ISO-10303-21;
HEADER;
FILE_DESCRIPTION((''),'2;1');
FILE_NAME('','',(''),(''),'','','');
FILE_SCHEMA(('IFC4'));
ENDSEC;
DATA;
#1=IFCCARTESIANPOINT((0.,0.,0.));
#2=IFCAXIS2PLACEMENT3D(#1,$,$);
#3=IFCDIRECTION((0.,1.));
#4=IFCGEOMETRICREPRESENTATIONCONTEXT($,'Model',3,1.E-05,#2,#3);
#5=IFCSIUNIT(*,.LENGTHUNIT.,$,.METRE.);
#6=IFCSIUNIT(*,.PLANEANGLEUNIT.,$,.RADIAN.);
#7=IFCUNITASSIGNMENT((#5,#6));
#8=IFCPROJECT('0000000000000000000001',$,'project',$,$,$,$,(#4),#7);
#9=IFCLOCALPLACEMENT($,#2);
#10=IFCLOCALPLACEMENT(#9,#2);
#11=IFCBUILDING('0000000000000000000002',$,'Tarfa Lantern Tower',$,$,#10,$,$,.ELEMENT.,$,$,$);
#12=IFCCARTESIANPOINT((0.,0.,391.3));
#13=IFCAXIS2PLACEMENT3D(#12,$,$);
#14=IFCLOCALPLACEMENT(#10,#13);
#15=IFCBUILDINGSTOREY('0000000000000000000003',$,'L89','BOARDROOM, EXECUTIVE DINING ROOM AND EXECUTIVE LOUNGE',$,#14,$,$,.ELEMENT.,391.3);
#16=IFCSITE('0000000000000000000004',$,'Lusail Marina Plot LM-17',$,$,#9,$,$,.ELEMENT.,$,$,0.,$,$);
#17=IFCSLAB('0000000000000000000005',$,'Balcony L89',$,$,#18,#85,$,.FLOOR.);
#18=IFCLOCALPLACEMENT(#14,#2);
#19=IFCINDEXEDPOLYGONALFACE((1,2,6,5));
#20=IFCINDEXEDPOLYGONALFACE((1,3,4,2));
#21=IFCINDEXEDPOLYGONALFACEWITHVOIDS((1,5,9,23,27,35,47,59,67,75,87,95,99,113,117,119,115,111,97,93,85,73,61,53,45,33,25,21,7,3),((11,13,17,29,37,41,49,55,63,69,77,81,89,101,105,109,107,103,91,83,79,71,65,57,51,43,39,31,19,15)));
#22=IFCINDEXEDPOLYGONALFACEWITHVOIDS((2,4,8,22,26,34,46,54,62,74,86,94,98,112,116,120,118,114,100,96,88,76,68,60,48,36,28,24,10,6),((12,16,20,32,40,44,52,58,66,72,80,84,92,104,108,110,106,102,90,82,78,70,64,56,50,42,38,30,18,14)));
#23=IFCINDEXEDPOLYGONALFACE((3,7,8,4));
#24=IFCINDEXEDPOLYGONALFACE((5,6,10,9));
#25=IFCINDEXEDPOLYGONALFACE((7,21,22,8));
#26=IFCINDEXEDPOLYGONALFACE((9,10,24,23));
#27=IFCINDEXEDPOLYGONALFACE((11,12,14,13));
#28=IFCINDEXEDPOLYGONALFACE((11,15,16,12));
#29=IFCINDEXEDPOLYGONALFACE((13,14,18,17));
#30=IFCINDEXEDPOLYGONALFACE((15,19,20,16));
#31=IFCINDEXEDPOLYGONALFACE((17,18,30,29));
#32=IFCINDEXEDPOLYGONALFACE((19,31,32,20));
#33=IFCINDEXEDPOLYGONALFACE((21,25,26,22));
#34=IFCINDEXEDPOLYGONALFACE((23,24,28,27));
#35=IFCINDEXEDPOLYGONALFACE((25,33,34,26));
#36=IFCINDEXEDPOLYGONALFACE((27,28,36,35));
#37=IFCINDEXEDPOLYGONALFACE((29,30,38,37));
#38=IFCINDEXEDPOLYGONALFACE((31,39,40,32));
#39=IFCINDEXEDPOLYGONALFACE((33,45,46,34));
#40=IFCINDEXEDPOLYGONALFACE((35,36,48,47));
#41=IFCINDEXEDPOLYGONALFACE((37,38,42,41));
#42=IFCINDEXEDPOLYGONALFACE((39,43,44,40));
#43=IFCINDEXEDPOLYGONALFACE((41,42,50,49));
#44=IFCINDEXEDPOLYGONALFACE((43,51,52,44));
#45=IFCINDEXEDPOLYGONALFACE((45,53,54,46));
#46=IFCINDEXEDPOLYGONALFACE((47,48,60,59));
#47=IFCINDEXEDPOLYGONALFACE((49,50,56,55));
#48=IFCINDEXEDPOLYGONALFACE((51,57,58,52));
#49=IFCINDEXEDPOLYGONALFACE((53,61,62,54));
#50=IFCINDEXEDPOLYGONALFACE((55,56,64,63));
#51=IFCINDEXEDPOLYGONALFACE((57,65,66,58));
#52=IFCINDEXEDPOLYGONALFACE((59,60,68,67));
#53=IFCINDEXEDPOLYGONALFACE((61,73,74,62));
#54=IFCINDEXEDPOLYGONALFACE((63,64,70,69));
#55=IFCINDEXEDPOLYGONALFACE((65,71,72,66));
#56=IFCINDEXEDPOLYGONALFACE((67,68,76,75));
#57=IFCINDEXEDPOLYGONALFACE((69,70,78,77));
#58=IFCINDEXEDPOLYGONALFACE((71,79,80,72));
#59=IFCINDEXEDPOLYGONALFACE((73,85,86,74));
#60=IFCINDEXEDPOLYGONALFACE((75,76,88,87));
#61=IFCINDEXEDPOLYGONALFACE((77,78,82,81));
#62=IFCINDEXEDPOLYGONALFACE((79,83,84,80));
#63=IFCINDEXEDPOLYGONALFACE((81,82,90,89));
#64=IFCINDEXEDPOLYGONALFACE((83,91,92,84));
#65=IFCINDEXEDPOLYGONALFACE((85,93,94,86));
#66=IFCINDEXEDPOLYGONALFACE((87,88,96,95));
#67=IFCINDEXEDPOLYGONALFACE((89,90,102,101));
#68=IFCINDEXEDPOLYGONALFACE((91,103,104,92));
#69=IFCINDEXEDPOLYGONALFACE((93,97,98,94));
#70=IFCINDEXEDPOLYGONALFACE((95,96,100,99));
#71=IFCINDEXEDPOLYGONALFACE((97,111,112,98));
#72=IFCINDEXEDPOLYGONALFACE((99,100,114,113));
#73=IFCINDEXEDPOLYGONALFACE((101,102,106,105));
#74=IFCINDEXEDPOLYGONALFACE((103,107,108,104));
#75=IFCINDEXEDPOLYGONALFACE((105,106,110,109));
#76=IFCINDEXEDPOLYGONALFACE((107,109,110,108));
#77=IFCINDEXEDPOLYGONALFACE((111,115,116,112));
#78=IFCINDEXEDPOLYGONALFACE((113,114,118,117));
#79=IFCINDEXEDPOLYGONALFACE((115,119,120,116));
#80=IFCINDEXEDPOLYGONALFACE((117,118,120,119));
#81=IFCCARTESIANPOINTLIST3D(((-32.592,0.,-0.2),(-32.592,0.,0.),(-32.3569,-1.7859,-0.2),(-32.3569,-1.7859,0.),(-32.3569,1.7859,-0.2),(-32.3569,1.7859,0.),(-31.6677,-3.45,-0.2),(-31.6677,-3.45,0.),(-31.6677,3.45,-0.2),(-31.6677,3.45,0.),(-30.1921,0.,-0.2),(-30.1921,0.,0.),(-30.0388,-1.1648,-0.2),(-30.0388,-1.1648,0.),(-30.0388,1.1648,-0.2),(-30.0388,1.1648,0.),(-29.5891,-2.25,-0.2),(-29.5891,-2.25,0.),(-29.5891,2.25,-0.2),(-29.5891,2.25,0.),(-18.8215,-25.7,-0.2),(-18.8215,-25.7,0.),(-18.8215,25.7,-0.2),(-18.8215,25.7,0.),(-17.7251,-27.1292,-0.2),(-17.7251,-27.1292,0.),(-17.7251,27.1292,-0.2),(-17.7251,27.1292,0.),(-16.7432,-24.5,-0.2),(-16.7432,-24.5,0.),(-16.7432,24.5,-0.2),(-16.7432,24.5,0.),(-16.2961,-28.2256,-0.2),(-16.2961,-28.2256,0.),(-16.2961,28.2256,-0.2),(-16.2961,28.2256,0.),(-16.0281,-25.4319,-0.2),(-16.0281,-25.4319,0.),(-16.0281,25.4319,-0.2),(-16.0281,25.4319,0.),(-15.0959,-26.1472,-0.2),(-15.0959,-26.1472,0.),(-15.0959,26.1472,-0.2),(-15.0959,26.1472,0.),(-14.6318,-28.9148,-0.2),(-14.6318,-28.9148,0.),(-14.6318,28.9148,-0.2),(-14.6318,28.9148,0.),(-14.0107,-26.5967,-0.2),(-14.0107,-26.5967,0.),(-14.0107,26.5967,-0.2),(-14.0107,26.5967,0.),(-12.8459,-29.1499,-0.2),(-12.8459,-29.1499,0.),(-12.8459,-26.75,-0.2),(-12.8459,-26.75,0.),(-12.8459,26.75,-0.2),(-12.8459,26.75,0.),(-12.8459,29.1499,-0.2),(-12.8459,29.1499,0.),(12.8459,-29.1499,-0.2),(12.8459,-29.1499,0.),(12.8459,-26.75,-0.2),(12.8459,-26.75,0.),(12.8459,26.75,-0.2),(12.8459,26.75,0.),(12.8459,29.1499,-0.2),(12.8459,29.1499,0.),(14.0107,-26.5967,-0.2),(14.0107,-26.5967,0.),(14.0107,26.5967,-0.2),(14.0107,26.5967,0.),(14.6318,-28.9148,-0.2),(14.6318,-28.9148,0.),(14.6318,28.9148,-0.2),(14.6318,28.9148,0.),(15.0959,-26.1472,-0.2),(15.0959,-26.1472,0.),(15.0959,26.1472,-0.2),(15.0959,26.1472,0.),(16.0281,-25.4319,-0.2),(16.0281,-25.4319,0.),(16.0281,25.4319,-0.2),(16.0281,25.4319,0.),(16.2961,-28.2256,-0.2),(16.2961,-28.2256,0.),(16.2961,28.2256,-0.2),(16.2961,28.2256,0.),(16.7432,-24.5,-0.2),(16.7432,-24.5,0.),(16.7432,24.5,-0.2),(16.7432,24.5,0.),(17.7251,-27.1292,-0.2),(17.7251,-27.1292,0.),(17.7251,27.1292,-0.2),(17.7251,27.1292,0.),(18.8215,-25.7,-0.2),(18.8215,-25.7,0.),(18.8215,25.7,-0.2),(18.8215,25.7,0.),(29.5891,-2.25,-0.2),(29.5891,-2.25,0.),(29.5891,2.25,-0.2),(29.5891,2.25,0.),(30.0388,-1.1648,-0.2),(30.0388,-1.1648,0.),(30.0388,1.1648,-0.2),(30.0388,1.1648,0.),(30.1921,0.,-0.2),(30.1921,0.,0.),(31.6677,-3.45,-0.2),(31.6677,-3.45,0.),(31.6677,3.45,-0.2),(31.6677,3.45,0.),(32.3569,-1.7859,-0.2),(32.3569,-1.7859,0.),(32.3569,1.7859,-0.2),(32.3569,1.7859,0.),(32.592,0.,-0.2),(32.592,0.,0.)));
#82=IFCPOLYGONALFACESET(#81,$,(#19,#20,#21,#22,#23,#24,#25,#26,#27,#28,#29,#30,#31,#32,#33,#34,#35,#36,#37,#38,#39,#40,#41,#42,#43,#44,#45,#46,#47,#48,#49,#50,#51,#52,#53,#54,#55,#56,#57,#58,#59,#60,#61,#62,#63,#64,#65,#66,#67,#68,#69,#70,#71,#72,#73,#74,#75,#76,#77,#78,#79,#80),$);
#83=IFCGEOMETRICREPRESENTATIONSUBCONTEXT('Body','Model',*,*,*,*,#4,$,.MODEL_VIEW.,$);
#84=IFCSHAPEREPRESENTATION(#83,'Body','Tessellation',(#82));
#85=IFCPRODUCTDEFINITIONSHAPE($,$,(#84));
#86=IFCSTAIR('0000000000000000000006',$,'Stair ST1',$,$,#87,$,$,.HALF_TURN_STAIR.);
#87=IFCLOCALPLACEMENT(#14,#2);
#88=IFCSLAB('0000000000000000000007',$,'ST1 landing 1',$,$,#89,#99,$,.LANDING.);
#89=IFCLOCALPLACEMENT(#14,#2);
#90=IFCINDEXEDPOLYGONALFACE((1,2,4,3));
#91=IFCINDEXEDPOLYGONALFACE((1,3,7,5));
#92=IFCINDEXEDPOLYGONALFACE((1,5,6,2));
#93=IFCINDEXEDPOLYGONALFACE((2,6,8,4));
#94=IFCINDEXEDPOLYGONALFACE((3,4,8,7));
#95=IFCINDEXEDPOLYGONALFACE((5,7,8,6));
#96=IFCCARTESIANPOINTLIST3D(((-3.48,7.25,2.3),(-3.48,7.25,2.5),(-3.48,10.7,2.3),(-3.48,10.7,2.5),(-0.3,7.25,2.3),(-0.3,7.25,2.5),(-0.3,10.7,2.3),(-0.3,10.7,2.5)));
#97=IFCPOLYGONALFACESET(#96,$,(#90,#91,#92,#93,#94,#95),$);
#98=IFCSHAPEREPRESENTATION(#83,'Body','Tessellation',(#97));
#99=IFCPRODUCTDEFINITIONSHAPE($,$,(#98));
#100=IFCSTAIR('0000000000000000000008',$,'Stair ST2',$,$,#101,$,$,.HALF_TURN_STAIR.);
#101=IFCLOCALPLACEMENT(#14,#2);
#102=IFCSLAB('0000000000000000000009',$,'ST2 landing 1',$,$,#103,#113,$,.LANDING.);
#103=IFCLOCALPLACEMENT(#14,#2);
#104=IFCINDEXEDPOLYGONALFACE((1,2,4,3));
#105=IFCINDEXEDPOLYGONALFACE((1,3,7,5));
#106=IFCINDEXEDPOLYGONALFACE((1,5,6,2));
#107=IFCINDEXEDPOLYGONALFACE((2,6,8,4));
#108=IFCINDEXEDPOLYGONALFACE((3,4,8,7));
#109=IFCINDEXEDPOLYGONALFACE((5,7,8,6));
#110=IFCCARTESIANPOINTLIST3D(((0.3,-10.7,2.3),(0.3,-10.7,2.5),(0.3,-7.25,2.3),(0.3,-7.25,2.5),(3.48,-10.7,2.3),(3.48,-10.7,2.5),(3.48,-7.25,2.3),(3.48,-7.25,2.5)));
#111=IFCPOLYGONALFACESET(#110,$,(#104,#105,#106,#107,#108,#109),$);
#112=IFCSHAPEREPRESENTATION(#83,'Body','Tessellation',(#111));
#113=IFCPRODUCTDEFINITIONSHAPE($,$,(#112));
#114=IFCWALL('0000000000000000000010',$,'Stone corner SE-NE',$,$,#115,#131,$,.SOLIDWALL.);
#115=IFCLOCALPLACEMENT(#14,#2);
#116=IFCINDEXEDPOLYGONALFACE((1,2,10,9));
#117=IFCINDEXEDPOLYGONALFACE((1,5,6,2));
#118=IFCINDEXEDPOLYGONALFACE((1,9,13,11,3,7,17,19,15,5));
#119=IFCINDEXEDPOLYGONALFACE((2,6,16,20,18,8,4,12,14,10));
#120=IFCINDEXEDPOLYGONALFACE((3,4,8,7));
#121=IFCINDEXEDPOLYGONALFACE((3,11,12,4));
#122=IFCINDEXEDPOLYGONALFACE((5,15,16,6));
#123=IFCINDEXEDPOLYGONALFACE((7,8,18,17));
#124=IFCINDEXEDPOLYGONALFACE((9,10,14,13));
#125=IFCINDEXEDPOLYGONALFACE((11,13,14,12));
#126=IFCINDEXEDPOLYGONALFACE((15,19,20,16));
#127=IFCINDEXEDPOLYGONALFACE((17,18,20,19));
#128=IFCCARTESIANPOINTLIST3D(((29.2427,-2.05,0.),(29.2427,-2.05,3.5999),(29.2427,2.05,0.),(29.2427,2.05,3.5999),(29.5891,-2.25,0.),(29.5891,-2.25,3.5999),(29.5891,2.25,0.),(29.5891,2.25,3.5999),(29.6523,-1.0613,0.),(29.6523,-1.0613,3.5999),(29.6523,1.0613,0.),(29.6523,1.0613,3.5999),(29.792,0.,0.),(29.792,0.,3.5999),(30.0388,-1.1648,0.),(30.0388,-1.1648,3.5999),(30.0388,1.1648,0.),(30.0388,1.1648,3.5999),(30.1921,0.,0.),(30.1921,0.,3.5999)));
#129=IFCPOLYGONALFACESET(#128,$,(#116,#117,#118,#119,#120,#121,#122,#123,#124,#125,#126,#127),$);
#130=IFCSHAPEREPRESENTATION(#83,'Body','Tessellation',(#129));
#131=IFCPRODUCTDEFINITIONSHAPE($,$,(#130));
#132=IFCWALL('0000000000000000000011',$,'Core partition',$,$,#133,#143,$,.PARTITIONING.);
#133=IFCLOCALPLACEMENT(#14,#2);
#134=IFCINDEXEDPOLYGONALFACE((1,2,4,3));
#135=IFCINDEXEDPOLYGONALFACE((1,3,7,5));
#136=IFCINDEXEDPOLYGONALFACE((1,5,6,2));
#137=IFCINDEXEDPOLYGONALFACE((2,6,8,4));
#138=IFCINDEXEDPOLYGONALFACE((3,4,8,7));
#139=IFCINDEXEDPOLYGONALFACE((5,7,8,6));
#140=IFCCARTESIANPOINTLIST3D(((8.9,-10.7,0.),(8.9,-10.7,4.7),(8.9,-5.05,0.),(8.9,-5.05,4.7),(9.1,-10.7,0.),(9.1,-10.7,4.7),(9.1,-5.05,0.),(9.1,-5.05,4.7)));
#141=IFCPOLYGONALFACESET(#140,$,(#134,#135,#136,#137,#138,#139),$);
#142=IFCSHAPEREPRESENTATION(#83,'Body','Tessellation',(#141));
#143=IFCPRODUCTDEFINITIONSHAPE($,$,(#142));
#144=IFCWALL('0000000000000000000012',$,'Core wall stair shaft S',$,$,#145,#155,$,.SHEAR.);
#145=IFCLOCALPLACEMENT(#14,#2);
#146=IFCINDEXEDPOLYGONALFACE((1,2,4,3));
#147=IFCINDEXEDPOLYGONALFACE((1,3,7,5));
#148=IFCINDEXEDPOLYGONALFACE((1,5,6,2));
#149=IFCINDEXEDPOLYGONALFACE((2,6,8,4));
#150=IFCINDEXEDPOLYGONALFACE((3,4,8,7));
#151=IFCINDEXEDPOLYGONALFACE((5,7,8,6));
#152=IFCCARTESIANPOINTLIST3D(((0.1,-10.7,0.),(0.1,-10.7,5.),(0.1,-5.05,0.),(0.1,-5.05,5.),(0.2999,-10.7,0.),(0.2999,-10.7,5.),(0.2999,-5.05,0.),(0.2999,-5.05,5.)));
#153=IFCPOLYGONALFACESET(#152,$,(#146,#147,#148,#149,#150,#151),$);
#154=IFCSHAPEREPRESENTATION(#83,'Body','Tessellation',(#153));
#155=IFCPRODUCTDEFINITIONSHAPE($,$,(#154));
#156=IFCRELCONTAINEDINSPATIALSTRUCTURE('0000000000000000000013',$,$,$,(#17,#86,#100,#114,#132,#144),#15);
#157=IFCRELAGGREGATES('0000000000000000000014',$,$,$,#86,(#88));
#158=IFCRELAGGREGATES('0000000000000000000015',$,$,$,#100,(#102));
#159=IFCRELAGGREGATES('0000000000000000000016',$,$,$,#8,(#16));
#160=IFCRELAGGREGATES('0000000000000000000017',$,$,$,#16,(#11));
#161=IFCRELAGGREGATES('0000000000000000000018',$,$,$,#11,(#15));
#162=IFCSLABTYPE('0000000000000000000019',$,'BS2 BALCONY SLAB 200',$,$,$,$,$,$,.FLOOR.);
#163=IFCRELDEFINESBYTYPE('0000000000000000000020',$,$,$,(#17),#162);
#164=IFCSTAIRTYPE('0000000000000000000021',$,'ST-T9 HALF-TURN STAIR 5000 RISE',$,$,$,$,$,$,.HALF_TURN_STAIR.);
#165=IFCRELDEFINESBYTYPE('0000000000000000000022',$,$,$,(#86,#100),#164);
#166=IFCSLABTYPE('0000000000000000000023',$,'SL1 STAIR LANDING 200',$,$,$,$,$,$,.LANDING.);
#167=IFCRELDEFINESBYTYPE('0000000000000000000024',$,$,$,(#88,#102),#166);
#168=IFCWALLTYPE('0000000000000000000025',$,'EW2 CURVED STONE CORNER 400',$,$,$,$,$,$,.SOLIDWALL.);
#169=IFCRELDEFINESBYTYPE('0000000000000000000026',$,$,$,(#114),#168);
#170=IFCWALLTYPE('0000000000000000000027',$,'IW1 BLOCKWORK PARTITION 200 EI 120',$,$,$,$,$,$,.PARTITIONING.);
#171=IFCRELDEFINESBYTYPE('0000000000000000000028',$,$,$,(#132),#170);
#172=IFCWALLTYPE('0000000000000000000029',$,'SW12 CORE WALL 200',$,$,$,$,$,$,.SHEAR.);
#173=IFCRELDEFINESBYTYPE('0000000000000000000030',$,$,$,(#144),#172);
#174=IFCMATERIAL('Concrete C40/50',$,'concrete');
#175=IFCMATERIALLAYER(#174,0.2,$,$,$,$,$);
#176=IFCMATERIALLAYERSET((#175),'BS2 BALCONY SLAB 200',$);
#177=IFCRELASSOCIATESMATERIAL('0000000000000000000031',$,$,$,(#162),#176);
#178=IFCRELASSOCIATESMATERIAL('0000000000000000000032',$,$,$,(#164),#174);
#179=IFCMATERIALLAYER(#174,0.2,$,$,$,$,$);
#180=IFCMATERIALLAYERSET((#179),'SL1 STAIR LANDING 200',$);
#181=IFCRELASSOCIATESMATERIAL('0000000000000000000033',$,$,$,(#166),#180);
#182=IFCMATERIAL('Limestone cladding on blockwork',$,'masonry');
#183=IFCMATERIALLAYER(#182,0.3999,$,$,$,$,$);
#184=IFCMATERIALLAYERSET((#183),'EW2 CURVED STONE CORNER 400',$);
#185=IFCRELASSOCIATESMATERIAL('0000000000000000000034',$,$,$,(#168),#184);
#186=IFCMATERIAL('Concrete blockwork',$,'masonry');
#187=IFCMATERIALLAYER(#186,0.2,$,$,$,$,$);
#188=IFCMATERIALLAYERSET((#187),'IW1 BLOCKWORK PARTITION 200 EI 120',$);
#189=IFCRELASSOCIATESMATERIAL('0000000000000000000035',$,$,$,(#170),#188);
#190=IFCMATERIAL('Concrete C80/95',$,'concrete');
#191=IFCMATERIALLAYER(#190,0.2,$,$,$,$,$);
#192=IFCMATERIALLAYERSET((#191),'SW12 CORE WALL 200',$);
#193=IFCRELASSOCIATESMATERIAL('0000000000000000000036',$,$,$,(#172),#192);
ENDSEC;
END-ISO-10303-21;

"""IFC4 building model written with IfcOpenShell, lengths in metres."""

from ifc_helpers import new_model, si_unit, direction, frame, frame_2d, origin, place, context, subcontext, project, spatial, polyline, rectangle, outline, extrude, material, layer, layer_set, type_object, element, aggregate, save


model = new_model("IFC4")

# Units and contexts
model_context = context("Model", 3, precision=1e-05, world=origin(), true_north=direction((0.0, 1.0)))
body_context = subcontext(model_context, "Body", "Model", "MODEL_VIEW")
ifc_project = project(units=[si_unit("LENGTHUNIT", "METRE"), si_unit("PLANEANGLEUNIT", "RADIAN")], contexts=[model_context])

# Site, building, storey
site_placement = place(None, origin())
site = spatial("IfcSite", under=ifc_project, at=site_placement, Name="Lusail Marina Plot LM-17", CompositionType="ELEMENT", RefElevation=0.0)
building_placement = place(site_placement, origin())
building = spatial("IfcBuilding", under=site, at=building_placement, Name="Tarfa Lantern Tower", CompositionType="ELEMENT")
storey_placement = place(building_placement, frame((0.0, 0.0, 391.3)))
storey = spatial("IfcBuildingStorey", under=building, at=storey_placement, Name="L89", Description="BOARDROOM, EXECUTIVE DINING ROOM AND EXECUTIVE LOUNGE", CompositionType="ELEMENT", Elevation=391.3)

# Slab
ifc_material_1 = material(Name="Concrete C40/50", Category="concrete")
ifc_layer_1 = layer(ifc_material_1, 0.2)
ifc_layer_set_1 = layer_set([ifc_layer_1], Name="BS2 BALCONY SLAB 200")
slab_type_1 = type_object("IfcSlabType", Name="BS2 BALCONY SLAB 200", PredefinedType="FLOOR", material=ifc_layer_set_1)
slab_1_placement = place(storey_placement, frame((0.0, 0.0, -0.2)))
element("IfcSlab", 1, at=slab_1_placement, inside=storey, type_object=slab_type_1, Name="Balcony L89", PredefinedType="FLOOR", context=body_context, shape_type="SweptSolid", body=[
    extrude(outline(polyline([(31.6677, 3.45), (18.8215, 25.7), (17.7251, 27.1292), (16.2961, 28.2256), (14.6318, 28.9148), (12.8459, 29.1499), (-12.8459, 29.1499), (-14.6318, 28.9148), (-16.2961, 28.2256), (-17.7251, 27.1292), (-18.8215, 25.7), (-31.6677, 3.45), (-32.3569, 1.7859), (-32.592, 0.0), (-32.3569, -1.7859), (-31.6677, -3.45), (-18.8215, -25.7), (-17.7251, -27.1292), (-16.2961, -28.2256), (-14.6318, -28.9148), (-12.8459, -29.1499), (12.8459, -29.1499), (14.6318, -28.9148), (16.2961, -28.2256), (17.7251, -27.1292), (18.8215, -25.7), (31.6677, -3.45), (32.3569, -1.7859), (32.592, 0.0), (32.3569, 1.7859), (31.6677, 3.45)]), holes=[polyline([(29.5891, 2.25), (16.7432, 24.5), (16.0281, 25.4319), (15.0959, 26.1472), (14.0107, 26.5967), (12.8459, 26.75), (-12.8459, 26.75), (-14.0107, 26.5967), (-15.0959, 26.1472), (-16.0281, 25.4319), (-16.7432, 24.5), (-29.5891, 2.25), (-30.0388, 1.1648), (-30.1921, 0.0), (-30.0388, -1.1648), (-29.5891, -2.25), (-16.7432, -24.5), (-16.0281, -25.4319), (-15.0959, -26.1472), (-14.0107, -26.5967), (-12.8459, -26.75), (12.8459, -26.75), (14.0107, -26.5967), (15.0959, -26.1472), (16.0281, -25.4319), (16.7432, -24.5), (29.5891, -2.25), (30.0388, -1.1648), (30.1921, 0.0), (30.0388, 1.1648), (29.5891, 2.25)])]), origin(), (0.0, 0.0, 1.0), 0.2),
])

# Stairs, slabs
stair_type = type_object("IfcStairType", Name="ST-T9 HALF-TURN STAIR 5000 RISE", PredefinedType="HALF_TURN_STAIR", material=ifc_material_1)
stair_1_placement = place(storey_placement, origin())
stair_1 = element("IfcStair", 2, at=stair_1_placement, inside=storey, type_object=stair_type, Name="Stair ST1", PredefinedType="HALF_TURN_STAIR")
ifc_layer_2 = layer(ifc_material_1, 0.2)
ifc_layer_set_2 = layer_set([ifc_layer_2], Name="SL1 STAIR LANDING 200")
slab_type_2 = type_object("IfcSlabType", Name="SL1 STAIR LANDING 200", PredefinedType="LANDING", material=ifc_layer_set_2)
slab_2_placement = place(storey_placement, frame((0.0, 0.0, 2.3)))
slab_2 = element("IfcSlab", 3, at=slab_2_placement, type_object=slab_type_2, Name="ST1 landing 1", PredefinedType="LANDING", context=body_context, shape_type="SweptSolid", body=[
    extrude(outline(polyline([(-3.48, 7.25), (-0.3, 7.25), (-0.3, 10.7), (-3.48, 10.7), (-3.48, 7.25)])), origin(), (0.0, 0.0, 1.0), 0.2),
])
aggregate(stair_1, [slab_2])
stair_2_placement = place(storey_placement, origin())
stair_2 = element("IfcStair", 4, at=stair_2_placement, inside=storey, type_object=stair_type, Name="Stair ST2", PredefinedType="HALF_TURN_STAIR")
slab_3_placement = place(storey_placement, frame((0.0, 0.0, 2.3)))
slab_3 = element("IfcSlab", 5, at=slab_3_placement, type_object=slab_type_2, Name="ST2 landing 1", PredefinedType="LANDING", context=body_context, shape_type="SweptSolid", body=[
    extrude(outline(polyline([(3.48, -7.25), (0.3, -7.25), (0.3, -10.7), (3.48, -10.7), (3.48, -7.25)])), origin(), (0.0, 0.0, 1.0), 0.2),
])

# Walls
ifc_material_2 = material(Name="Limestone cladding on blockwork", Category="masonry")
ifc_layer_3 = layer(ifc_material_2, 0.3999)
ifc_layer_set_3 = layer_set([ifc_layer_3], Name="EW2 CURVED STONE CORNER 400")
wall_type_1 = type_object("IfcWallType", Name="EW2 CURVED STONE CORNER 400", PredefinedType="SOLIDWALL", material=ifc_layer_set_3)
wall_1_placement = place(storey_placement, origin())
element("IfcWall", 6, at=wall_1_placement, inside=storey, type_object=wall_type_1, Name="Stone corner SE-NE", PredefinedType="SOLIDWALL", context=body_context, shape_type="SweptSolid", body=[
    extrude(outline(polyline([(29.5891, -2.25), (30.0388, -1.1648), (30.1921, 0.0), (30.0388, 1.1648), (29.5891, 2.25), (29.2427, 2.05), (29.6523, 1.0613), (29.792, 0.0), (29.6523, -1.0613), (29.2427, -2.05), (29.5891, -2.25)])), origin(), (0.0, 0.0, 1.0), 3.5999),
])
ifc_material_3 = material(Name="Concrete blockwork", Category="masonry")
ifc_layer_4 = layer(ifc_material_3, 0.2)
ifc_layer_set_4 = layer_set([ifc_layer_4], Name="IW1 BLOCKWORK PARTITION 200 EI 120")
wall_type_2 = type_object("IfcWallType", Name="IW1 BLOCKWORK PARTITION 200 EI 120", PredefinedType="PARTITIONING", material=ifc_layer_set_4)
wall_2_placement = place(storey_placement, frame((9.0, -5.05, 0.0), z_axis=(0.0, 0.0, 1.0), x_axis=(0.0, -1.0, 0.0)))
element("IfcWall", 7, at=wall_2_placement, inside=storey, type_object=wall_type_2, Name="Core partition", PredefinedType="PARTITIONING", context=body_context, shape_type="SweptSolid", body=[
    extrude(rectangle(XDim=5.6499, YDim=0.2, at=frame_2d((2.825, 0.0))), origin(), (0.0, 0.0, 1.0), 4.7),
])
ifc_material_4 = material(Name="Concrete C80/95", Category="concrete")
ifc_layer_5 = layer(ifc_material_4, 0.2)
ifc_layer_set_5 = layer_set([ifc_layer_5], Name="SW12 CORE WALL 200")
wall_type_3 = type_object("IfcWallType", Name="SW12 CORE WALL 200", PredefinedType="SHEAR", material=ifc_layer_set_5)
wall_3_placement = place(storey_placement, frame((0.2, -5.05, 0.0), z_axis=(0.0, 0.0, 1.0), x_axis=(0.0, -1.0, 0.0)))
element("IfcWall", 8, at=wall_3_placement, inside=storey, type_object=wall_type_3, Name="Core wall stair shaft S", PredefinedType="SHEAR", context=body_context, shape_type="SweptSolid", body=[
    extrude(rectangle(XDim=5.6499, YDim=0.2, at=frame_2d((2.825, 0.0))), origin(), (0.0, 0.0, 1.0), 5.0),
])

aggregate(stair_2, [slab_3])

save(model, "model.ifc")
